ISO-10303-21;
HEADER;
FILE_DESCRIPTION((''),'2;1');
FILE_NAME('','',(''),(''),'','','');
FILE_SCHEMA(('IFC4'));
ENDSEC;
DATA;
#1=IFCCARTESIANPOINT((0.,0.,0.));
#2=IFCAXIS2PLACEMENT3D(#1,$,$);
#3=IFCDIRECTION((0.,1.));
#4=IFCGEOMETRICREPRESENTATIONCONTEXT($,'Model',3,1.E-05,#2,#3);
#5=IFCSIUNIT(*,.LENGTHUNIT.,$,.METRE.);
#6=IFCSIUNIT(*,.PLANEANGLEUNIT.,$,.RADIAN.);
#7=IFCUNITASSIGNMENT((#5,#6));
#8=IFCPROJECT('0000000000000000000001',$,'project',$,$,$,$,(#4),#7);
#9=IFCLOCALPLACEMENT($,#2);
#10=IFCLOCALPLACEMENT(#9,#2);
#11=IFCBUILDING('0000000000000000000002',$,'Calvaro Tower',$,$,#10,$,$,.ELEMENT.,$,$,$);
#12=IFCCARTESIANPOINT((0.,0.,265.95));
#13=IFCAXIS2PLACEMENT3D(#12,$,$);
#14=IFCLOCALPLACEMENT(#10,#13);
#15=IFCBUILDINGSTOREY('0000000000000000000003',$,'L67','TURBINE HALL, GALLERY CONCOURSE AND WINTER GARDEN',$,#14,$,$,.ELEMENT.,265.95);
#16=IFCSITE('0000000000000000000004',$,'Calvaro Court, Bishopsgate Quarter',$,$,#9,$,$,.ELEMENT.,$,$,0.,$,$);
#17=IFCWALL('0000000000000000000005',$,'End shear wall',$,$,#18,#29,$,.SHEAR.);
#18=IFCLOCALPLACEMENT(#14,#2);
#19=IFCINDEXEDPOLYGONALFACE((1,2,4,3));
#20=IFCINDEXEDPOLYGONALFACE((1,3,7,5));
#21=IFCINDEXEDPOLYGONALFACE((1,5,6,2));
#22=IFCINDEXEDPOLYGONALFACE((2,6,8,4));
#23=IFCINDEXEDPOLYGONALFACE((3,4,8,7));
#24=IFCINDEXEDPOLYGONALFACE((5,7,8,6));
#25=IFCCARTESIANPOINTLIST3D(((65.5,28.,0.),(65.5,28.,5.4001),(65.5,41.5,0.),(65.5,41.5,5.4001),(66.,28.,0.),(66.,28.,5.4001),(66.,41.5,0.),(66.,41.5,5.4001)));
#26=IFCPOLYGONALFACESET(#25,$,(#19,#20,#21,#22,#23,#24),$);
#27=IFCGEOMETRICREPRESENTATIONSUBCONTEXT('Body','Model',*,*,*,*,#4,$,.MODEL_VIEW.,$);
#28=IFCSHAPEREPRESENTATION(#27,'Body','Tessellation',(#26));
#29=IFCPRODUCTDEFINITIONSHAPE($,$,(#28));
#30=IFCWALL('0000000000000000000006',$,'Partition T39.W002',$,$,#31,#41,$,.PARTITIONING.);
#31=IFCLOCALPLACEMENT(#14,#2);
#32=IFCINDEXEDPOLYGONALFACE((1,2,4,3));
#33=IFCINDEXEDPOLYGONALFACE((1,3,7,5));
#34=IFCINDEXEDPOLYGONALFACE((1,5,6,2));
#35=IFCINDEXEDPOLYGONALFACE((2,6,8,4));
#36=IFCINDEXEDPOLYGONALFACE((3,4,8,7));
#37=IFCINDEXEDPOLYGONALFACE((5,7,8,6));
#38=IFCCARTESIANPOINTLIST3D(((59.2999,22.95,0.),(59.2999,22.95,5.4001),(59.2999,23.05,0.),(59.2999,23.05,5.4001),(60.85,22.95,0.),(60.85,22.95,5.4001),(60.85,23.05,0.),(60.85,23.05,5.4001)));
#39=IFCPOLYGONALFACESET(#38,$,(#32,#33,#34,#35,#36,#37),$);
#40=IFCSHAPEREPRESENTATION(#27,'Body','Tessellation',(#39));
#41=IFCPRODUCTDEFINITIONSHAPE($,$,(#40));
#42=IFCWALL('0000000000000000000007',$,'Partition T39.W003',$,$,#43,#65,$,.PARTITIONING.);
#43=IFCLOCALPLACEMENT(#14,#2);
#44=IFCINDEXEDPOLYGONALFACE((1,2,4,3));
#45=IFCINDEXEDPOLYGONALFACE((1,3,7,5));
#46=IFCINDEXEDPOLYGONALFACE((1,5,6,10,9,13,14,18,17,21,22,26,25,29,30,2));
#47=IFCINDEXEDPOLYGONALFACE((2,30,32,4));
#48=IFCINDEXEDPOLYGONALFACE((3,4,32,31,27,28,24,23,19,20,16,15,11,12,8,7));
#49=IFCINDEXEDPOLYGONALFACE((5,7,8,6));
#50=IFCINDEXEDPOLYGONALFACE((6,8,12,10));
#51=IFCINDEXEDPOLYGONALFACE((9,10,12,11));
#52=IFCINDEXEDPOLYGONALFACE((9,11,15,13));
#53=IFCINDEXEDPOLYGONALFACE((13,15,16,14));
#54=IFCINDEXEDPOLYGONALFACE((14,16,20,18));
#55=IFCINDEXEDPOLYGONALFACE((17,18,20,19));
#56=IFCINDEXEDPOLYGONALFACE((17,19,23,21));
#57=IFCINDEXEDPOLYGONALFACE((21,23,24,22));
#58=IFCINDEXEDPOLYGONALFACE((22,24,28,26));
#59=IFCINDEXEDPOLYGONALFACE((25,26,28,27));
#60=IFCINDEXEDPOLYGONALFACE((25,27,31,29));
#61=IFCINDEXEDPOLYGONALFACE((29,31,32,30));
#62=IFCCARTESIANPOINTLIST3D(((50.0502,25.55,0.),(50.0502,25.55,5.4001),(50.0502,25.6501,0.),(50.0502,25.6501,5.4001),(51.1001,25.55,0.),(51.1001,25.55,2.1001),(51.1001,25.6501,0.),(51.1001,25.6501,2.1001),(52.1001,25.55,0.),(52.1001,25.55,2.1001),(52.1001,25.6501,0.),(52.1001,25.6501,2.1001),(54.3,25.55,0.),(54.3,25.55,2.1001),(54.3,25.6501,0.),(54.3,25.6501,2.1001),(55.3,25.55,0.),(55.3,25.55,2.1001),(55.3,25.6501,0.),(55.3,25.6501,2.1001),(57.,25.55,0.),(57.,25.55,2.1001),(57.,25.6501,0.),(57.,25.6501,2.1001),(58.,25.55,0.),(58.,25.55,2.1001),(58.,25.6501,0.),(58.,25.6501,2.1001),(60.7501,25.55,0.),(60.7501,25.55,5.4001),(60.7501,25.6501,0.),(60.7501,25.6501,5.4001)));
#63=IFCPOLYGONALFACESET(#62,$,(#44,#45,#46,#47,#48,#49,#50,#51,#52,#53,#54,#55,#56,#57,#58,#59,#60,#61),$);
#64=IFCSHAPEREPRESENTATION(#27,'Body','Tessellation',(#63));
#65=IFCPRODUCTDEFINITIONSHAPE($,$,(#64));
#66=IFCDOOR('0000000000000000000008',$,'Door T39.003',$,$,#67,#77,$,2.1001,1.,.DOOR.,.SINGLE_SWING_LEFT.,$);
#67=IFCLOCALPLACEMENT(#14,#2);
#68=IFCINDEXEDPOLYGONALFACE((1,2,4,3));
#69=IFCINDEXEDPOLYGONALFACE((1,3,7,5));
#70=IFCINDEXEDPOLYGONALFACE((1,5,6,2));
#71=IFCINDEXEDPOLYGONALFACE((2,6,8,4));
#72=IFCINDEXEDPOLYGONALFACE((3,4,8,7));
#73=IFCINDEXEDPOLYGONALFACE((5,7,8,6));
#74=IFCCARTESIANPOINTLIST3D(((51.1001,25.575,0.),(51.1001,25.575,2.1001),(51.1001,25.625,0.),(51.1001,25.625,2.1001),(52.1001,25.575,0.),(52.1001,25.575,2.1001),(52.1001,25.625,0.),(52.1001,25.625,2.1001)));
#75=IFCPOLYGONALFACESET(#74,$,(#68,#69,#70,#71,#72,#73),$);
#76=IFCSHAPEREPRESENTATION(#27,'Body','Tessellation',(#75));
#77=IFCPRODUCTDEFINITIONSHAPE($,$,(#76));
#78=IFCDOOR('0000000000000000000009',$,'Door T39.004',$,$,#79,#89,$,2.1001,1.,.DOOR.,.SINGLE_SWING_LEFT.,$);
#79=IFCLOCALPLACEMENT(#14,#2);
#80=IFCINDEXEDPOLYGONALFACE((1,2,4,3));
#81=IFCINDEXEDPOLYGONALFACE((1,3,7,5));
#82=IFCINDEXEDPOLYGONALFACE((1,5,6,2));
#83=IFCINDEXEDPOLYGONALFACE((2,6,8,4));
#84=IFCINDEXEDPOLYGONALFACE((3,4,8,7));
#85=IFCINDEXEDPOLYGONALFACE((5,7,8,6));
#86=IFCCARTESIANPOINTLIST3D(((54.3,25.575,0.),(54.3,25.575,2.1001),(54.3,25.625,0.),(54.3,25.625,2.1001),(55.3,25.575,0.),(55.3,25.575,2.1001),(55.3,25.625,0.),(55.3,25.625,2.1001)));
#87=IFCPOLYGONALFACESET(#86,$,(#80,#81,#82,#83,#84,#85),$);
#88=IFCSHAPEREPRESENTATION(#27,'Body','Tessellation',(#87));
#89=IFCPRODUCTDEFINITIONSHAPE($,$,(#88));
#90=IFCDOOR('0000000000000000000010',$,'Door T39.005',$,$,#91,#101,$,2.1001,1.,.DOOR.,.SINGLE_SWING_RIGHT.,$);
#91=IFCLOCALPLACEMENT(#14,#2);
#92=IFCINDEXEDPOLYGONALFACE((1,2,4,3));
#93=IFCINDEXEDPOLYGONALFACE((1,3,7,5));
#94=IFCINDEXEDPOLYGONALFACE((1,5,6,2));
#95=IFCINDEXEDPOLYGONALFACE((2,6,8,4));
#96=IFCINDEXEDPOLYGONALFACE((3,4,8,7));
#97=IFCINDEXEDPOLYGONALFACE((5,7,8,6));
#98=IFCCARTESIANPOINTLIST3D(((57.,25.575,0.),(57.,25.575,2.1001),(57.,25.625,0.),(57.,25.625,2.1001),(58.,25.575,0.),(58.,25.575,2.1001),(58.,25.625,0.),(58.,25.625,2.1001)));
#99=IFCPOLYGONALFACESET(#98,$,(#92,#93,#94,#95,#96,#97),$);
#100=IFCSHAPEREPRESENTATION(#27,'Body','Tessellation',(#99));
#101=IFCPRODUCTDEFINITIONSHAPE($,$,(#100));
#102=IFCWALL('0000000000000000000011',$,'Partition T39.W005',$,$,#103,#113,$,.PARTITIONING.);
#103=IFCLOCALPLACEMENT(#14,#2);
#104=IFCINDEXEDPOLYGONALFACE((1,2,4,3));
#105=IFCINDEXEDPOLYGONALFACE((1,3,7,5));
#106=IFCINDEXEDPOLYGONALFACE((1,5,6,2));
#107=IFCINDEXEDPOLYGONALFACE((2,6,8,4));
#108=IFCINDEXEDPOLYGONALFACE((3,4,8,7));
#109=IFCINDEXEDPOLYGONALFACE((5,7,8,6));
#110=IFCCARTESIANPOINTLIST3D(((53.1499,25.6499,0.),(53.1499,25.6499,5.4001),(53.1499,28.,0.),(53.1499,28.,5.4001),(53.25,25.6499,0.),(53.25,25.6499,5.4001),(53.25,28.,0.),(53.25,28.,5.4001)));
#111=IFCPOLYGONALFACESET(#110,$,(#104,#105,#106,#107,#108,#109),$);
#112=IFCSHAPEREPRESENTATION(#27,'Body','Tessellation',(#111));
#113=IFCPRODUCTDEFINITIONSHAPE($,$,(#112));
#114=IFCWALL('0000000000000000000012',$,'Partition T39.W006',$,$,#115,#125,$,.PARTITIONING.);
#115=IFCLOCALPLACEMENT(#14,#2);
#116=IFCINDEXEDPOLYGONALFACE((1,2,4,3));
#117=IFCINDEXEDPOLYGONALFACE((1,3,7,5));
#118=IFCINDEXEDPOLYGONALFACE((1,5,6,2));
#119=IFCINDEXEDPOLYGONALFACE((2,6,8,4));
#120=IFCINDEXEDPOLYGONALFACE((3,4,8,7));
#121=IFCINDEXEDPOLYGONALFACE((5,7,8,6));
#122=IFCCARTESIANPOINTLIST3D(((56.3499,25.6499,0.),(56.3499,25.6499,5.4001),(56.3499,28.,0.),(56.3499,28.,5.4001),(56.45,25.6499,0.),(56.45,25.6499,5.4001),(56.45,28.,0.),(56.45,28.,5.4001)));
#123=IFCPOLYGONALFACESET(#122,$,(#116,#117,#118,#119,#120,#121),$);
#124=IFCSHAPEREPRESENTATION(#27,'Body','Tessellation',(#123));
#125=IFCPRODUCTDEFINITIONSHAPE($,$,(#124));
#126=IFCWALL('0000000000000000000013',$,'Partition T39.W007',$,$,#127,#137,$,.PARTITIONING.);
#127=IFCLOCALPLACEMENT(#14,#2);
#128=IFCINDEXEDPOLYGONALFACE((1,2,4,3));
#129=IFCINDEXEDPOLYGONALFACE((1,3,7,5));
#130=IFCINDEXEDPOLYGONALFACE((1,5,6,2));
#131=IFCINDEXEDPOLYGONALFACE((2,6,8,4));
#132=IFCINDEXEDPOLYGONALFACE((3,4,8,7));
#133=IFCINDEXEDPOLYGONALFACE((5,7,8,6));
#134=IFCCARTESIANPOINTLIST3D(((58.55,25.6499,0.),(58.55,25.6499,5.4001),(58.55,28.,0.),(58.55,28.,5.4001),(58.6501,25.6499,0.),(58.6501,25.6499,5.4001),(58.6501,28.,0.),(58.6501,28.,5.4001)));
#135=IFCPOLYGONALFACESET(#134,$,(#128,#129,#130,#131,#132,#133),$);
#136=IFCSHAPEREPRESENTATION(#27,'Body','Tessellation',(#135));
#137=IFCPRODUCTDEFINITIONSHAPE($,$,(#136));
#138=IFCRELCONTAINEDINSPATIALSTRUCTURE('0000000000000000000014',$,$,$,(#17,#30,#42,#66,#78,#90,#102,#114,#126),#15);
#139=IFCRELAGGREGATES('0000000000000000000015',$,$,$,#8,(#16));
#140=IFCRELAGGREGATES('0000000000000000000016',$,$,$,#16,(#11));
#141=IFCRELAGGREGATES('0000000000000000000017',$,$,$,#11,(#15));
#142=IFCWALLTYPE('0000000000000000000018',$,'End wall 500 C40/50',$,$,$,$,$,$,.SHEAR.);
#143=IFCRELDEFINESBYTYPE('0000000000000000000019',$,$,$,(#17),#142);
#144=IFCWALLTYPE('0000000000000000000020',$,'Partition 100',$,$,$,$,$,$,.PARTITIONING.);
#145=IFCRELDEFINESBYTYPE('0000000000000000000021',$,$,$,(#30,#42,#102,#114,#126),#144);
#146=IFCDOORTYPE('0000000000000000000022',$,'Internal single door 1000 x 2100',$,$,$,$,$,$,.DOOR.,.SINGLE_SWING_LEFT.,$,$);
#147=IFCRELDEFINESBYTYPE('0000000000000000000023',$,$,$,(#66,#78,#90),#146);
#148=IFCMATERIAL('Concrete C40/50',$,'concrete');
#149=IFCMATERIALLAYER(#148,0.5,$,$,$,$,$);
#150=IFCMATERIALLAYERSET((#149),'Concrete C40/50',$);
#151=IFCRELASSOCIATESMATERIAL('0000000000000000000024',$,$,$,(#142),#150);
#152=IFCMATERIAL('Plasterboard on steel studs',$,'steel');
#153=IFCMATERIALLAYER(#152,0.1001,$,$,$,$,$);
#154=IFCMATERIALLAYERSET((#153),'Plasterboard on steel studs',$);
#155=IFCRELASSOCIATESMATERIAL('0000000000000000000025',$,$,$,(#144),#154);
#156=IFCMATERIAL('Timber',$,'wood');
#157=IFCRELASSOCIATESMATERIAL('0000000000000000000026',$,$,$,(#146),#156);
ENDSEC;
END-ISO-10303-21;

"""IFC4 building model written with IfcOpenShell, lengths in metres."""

from ifc_helpers import new_model, si_unit, direction, frame, frame_2d, origin, place, context, subcontext, project, spatial, rectangle, extrude, material, layer, layer_set, type_object, element, fill, save


model = new_model("IFC4")

# Units and contexts
model_context = context("Model", 3, precision=1e-05, world=origin(), true_north=direction((0.0, 1.0)))
body_context = subcontext(model_context, "Body", "Model", "MODEL_VIEW")
ifc_project = project(units=[si_unit("LENGTHUNIT", "METRE"), si_unit("PLANEANGLEUNIT", "RADIAN")], contexts=[model_context])

# Site, building, storey
site_placement = place(None, origin())
site = spatial("IfcSite", under=ifc_project, at=site_placement, Name="Calvaro Court, Bishopsgate Quarter", CompositionType="ELEMENT", RefElevation=0.0)
building_placement = place(site_placement, origin())
building = spatial("IfcBuilding", under=site, at=building_placement, Name="Calvaro Tower", CompositionType="ELEMENT")
storey_placement = place(building_placement, frame((0.0, 0.0, 265.95)))
storey = spatial("IfcBuildingStorey", under=building, at=storey_placement, Name="L67", Description="TURBINE HALL, GALLERY CONCOURSE AND WINTER GARDEN", CompositionType="ELEMENT", Elevation=265.95)

# Walls
ifc_material_1 = material(Name="Concrete C40/50", Category="concrete")
ifc_layer_1 = layer(ifc_material_1, 0.5)
ifc_layer_set_1 = layer_set([ifc_layer_1], Name="Concrete C40/50")
wall_type_1 = type_object("IfcWallType", Name="End wall 500 C40/50", PredefinedType="SHEAR", material=ifc_layer_set_1)
wall_1_placement = place(storey_placement, frame((65.75, 28.0, 0.0), z_axis=(0.0, 0.0, 1.0), x_axis=(0.0, 1.0, 0.0)))
element("IfcWall", 1, at=wall_1_placement, inside=storey, type_object=wall_type_1, Name="End shear wall", PredefinedType="SHEAR", context=body_context, shape_type="SweptSolid", body=[
    extrude(rectangle(XDim=13.5, YDim=0.5, at=frame_2d((6.75, 0.0))), origin(), (0.0, 0.0, 1.0), 5.4001),
])
ifc_material_2 = material(Name="Plasterboard on steel studs", Category="steel")
ifc_layer_2 = layer(ifc_material_2, 0.1001)
ifc_layer_set_2 = layer_set([ifc_layer_2], Name="Plasterboard on steel studs")
wall_type_2 = type_object("IfcWallType", Name="Partition 100", PredefinedType="PARTITIONING", material=ifc_layer_set_2)
wall_2_placement = place(storey_placement, frame((59.3, 23.0, 0.0), z_axis=(0.0, 0.0, 1.0), x_axis=(1.0, 0.0, 0.0)))
element("IfcWall", 2, at=wall_2_placement, inside=storey, type_object=wall_type_2, Name="Partition T39.W002", PredefinedType="PARTITIONING", context=body_context, shape_type="SweptSolid", body=[
    extrude(rectangle(XDim=1.55, YDim=0.1001, at=frame_2d((0.7749, 0.0))), origin(), (0.0, 0.0, 1.0), 5.4001),
])

# Wall, openings, doors
wall_3_placement = place(storey_placement, frame((50.05, 25.6001, 0.0), z_axis=(0.0, 0.0, 1.0), x_axis=(1.0, 0.0, 0.0)))
wall_3 = element("IfcWall", 3, at=wall_3_placement, inside=storey, type_object=wall_type_2, Name="Partition T39.W003", PredefinedType="PARTITIONING", context=body_context, shape_type="SweptSolid", body=[
    extrude(rectangle(XDim=10.7, YDim=0.1001, at=frame_2d((5.3501, 0.0))), origin(), (0.0, 0.0, 1.0), 5.4001),
])
opening_1_placement = place(wall_3_placement, frame((1.05, 0.0, 0.0)))
opening_1 = element("IfcOpeningElement", 4, at=opening_1_placement, cuts=wall_3, PredefinedType="OPENING", context=body_context, shape_type="SweptSolid", body=[
    extrude(rectangle(XDim=1.0, YDim=2.1001, at=frame_2d((0.5, 1.05))), frame((0.0, 0.0601, 0.0), z_axis=(0.0, -1.0, 0.0), x_axis=(1.0, 0.0, 0.0)), (0.0, 0.0, 1.0), 0.1201),
])
opening_2_placement = place(wall_3_placement, frame((4.25, 0.0, 0.0)))
opening_2 = element("IfcOpeningElement", 5, at=opening_2_placement, cuts=wall_3, PredefinedType="OPENING", context=body_context, shape_type="SweptSolid", body=[
    extrude(rectangle(XDim=1.0, YDim=2.1001, at=frame_2d((0.5, 1.05))), frame((0.0, 0.0601, 0.0), z_axis=(0.0, -1.0, 0.0), x_axis=(1.0, 0.0, 0.0)), (0.0, 0.0, 1.0), 0.1201),
])
opening_3_placement = place(wall_3_placement, frame((6.95, 0.0, 0.0)))
opening_3 = element("IfcOpeningElement", 6, at=opening_3_placement, cuts=wall_3, PredefinedType="OPENING", context=body_context, shape_type="SweptSolid", body=[
    extrude(rectangle(XDim=1.0, YDim=2.1001, at=frame_2d((0.5, 1.05))), frame((0.0, 0.0601, 0.0), z_axis=(0.0, -1.0, 0.0), x_axis=(1.0, 0.0, 0.0)), (0.0, 0.0, 1.0), 0.1201),
])
ifc_material_3 = material(Name="Timber", Category="wood")
door_type_1 = type_object("IfcDoorType", Name="Internal single door 1000 x 2100", OperationType="SINGLE_SWING_LEFT", PredefinedType="DOOR", material=ifc_material_3)
door_1_placement = place(opening_1_placement, origin())
door_1 = element("IfcDoor", 7, at=door_1_placement, inside=storey, type_object=door_type_1, Name="Door T39.003", OperationType="SINGLE_SWING_LEFT", OverallHeight=2.1001, OverallWidth=1.0, PredefinedType="DOOR", context=body_context, shape_type="SweptSolid", body=[
    extrude(rectangle(XDim=1.0, YDim=2.1001, at=frame_2d((0.5, 1.05))), frame((0.0, 0.0249, 0.0), z_axis=(0.0, -1.0, 0.0), x_axis=(1.0, 0.0, 0.0)), (0.0, 0.0, 1.0), 0.05),
])
fill(opening_1, door_1)
door_2_placement = place(opening_2_placement, origin())
door_2 = element("IfcDoor", 8, at=door_2_placement, inside=storey, type_object=door_type_1, Name="Door T39.004", OperationType="SINGLE_SWING_LEFT", OverallHeight=2.1001, OverallWidth=1.0, PredefinedType="DOOR", context=body_context, shape_type="SweptSolid", body=[
    extrude(rectangle(XDim=1.0, YDim=2.1001, at=frame_2d((0.5, 1.05))), frame((0.0, 0.0249, 0.0), z_axis=(0.0, -1.0, 0.0), x_axis=(1.0, 0.0, 0.0)), (0.0, 0.0, 1.0), 0.05),
])
fill(opening_2, door_2)
door_3_placement = place(opening_3_placement, origin())
door_3 = element("IfcDoor", 9, at=door_3_placement, inside=storey, type_object=door_type_1, Name="Door T39.005", OperationType="SINGLE_SWING_RIGHT", OverallHeight=2.1001, OverallWidth=1.0, PredefinedType="DOOR", context=body_context, shape_type="SweptSolid", body=[
    extrude(rectangle(XDim=1.0, YDim=2.1001, at=frame_2d((0.5, 1.05))), frame((0.0, 0.0249, 0.0), z_axis=(0.0, -1.0, 0.0), x_axis=(1.0, 0.0, 0.0)), (0.0, 0.0, 1.0), 0.05),
])
fill(opening_3, door_3)

# Walls
for number, where, z_axis, x_axis, name in (
    (10, (53.2, 25.6499, 0.0), (0.0, 0.0, 1.0), (0.0, 1.0, 0.0), "Partition T39.W005"),
    (11, (56.3999, 25.6499, 0.0), (0.0, 0.0, 1.0), (0.0, 1.0, 0.0), "Partition T39.W006"),
    (12, (58.6001, 25.6499, 0.0), (0.0, 0.0, 1.0), (0.0, 1.0, 0.0), "Partition T39.W007"),
):
    element("IfcWall", number, at=place(storey_placement, frame(where, z_axis=z_axis, x_axis=x_axis)), inside=storey, type_object=wall_type_2, Name=name, PredefinedType="PARTITIONING", context=body_context, shape_type="SweptSolid", body=[
        extrude(rectangle(XDim=2.3501, YDim=0.1001, at=frame_2d((1.175, 0.0))), origin(), (0.0, 0.0, 1.0), 5.4001),
    ])

save(model, "model.ifc")
